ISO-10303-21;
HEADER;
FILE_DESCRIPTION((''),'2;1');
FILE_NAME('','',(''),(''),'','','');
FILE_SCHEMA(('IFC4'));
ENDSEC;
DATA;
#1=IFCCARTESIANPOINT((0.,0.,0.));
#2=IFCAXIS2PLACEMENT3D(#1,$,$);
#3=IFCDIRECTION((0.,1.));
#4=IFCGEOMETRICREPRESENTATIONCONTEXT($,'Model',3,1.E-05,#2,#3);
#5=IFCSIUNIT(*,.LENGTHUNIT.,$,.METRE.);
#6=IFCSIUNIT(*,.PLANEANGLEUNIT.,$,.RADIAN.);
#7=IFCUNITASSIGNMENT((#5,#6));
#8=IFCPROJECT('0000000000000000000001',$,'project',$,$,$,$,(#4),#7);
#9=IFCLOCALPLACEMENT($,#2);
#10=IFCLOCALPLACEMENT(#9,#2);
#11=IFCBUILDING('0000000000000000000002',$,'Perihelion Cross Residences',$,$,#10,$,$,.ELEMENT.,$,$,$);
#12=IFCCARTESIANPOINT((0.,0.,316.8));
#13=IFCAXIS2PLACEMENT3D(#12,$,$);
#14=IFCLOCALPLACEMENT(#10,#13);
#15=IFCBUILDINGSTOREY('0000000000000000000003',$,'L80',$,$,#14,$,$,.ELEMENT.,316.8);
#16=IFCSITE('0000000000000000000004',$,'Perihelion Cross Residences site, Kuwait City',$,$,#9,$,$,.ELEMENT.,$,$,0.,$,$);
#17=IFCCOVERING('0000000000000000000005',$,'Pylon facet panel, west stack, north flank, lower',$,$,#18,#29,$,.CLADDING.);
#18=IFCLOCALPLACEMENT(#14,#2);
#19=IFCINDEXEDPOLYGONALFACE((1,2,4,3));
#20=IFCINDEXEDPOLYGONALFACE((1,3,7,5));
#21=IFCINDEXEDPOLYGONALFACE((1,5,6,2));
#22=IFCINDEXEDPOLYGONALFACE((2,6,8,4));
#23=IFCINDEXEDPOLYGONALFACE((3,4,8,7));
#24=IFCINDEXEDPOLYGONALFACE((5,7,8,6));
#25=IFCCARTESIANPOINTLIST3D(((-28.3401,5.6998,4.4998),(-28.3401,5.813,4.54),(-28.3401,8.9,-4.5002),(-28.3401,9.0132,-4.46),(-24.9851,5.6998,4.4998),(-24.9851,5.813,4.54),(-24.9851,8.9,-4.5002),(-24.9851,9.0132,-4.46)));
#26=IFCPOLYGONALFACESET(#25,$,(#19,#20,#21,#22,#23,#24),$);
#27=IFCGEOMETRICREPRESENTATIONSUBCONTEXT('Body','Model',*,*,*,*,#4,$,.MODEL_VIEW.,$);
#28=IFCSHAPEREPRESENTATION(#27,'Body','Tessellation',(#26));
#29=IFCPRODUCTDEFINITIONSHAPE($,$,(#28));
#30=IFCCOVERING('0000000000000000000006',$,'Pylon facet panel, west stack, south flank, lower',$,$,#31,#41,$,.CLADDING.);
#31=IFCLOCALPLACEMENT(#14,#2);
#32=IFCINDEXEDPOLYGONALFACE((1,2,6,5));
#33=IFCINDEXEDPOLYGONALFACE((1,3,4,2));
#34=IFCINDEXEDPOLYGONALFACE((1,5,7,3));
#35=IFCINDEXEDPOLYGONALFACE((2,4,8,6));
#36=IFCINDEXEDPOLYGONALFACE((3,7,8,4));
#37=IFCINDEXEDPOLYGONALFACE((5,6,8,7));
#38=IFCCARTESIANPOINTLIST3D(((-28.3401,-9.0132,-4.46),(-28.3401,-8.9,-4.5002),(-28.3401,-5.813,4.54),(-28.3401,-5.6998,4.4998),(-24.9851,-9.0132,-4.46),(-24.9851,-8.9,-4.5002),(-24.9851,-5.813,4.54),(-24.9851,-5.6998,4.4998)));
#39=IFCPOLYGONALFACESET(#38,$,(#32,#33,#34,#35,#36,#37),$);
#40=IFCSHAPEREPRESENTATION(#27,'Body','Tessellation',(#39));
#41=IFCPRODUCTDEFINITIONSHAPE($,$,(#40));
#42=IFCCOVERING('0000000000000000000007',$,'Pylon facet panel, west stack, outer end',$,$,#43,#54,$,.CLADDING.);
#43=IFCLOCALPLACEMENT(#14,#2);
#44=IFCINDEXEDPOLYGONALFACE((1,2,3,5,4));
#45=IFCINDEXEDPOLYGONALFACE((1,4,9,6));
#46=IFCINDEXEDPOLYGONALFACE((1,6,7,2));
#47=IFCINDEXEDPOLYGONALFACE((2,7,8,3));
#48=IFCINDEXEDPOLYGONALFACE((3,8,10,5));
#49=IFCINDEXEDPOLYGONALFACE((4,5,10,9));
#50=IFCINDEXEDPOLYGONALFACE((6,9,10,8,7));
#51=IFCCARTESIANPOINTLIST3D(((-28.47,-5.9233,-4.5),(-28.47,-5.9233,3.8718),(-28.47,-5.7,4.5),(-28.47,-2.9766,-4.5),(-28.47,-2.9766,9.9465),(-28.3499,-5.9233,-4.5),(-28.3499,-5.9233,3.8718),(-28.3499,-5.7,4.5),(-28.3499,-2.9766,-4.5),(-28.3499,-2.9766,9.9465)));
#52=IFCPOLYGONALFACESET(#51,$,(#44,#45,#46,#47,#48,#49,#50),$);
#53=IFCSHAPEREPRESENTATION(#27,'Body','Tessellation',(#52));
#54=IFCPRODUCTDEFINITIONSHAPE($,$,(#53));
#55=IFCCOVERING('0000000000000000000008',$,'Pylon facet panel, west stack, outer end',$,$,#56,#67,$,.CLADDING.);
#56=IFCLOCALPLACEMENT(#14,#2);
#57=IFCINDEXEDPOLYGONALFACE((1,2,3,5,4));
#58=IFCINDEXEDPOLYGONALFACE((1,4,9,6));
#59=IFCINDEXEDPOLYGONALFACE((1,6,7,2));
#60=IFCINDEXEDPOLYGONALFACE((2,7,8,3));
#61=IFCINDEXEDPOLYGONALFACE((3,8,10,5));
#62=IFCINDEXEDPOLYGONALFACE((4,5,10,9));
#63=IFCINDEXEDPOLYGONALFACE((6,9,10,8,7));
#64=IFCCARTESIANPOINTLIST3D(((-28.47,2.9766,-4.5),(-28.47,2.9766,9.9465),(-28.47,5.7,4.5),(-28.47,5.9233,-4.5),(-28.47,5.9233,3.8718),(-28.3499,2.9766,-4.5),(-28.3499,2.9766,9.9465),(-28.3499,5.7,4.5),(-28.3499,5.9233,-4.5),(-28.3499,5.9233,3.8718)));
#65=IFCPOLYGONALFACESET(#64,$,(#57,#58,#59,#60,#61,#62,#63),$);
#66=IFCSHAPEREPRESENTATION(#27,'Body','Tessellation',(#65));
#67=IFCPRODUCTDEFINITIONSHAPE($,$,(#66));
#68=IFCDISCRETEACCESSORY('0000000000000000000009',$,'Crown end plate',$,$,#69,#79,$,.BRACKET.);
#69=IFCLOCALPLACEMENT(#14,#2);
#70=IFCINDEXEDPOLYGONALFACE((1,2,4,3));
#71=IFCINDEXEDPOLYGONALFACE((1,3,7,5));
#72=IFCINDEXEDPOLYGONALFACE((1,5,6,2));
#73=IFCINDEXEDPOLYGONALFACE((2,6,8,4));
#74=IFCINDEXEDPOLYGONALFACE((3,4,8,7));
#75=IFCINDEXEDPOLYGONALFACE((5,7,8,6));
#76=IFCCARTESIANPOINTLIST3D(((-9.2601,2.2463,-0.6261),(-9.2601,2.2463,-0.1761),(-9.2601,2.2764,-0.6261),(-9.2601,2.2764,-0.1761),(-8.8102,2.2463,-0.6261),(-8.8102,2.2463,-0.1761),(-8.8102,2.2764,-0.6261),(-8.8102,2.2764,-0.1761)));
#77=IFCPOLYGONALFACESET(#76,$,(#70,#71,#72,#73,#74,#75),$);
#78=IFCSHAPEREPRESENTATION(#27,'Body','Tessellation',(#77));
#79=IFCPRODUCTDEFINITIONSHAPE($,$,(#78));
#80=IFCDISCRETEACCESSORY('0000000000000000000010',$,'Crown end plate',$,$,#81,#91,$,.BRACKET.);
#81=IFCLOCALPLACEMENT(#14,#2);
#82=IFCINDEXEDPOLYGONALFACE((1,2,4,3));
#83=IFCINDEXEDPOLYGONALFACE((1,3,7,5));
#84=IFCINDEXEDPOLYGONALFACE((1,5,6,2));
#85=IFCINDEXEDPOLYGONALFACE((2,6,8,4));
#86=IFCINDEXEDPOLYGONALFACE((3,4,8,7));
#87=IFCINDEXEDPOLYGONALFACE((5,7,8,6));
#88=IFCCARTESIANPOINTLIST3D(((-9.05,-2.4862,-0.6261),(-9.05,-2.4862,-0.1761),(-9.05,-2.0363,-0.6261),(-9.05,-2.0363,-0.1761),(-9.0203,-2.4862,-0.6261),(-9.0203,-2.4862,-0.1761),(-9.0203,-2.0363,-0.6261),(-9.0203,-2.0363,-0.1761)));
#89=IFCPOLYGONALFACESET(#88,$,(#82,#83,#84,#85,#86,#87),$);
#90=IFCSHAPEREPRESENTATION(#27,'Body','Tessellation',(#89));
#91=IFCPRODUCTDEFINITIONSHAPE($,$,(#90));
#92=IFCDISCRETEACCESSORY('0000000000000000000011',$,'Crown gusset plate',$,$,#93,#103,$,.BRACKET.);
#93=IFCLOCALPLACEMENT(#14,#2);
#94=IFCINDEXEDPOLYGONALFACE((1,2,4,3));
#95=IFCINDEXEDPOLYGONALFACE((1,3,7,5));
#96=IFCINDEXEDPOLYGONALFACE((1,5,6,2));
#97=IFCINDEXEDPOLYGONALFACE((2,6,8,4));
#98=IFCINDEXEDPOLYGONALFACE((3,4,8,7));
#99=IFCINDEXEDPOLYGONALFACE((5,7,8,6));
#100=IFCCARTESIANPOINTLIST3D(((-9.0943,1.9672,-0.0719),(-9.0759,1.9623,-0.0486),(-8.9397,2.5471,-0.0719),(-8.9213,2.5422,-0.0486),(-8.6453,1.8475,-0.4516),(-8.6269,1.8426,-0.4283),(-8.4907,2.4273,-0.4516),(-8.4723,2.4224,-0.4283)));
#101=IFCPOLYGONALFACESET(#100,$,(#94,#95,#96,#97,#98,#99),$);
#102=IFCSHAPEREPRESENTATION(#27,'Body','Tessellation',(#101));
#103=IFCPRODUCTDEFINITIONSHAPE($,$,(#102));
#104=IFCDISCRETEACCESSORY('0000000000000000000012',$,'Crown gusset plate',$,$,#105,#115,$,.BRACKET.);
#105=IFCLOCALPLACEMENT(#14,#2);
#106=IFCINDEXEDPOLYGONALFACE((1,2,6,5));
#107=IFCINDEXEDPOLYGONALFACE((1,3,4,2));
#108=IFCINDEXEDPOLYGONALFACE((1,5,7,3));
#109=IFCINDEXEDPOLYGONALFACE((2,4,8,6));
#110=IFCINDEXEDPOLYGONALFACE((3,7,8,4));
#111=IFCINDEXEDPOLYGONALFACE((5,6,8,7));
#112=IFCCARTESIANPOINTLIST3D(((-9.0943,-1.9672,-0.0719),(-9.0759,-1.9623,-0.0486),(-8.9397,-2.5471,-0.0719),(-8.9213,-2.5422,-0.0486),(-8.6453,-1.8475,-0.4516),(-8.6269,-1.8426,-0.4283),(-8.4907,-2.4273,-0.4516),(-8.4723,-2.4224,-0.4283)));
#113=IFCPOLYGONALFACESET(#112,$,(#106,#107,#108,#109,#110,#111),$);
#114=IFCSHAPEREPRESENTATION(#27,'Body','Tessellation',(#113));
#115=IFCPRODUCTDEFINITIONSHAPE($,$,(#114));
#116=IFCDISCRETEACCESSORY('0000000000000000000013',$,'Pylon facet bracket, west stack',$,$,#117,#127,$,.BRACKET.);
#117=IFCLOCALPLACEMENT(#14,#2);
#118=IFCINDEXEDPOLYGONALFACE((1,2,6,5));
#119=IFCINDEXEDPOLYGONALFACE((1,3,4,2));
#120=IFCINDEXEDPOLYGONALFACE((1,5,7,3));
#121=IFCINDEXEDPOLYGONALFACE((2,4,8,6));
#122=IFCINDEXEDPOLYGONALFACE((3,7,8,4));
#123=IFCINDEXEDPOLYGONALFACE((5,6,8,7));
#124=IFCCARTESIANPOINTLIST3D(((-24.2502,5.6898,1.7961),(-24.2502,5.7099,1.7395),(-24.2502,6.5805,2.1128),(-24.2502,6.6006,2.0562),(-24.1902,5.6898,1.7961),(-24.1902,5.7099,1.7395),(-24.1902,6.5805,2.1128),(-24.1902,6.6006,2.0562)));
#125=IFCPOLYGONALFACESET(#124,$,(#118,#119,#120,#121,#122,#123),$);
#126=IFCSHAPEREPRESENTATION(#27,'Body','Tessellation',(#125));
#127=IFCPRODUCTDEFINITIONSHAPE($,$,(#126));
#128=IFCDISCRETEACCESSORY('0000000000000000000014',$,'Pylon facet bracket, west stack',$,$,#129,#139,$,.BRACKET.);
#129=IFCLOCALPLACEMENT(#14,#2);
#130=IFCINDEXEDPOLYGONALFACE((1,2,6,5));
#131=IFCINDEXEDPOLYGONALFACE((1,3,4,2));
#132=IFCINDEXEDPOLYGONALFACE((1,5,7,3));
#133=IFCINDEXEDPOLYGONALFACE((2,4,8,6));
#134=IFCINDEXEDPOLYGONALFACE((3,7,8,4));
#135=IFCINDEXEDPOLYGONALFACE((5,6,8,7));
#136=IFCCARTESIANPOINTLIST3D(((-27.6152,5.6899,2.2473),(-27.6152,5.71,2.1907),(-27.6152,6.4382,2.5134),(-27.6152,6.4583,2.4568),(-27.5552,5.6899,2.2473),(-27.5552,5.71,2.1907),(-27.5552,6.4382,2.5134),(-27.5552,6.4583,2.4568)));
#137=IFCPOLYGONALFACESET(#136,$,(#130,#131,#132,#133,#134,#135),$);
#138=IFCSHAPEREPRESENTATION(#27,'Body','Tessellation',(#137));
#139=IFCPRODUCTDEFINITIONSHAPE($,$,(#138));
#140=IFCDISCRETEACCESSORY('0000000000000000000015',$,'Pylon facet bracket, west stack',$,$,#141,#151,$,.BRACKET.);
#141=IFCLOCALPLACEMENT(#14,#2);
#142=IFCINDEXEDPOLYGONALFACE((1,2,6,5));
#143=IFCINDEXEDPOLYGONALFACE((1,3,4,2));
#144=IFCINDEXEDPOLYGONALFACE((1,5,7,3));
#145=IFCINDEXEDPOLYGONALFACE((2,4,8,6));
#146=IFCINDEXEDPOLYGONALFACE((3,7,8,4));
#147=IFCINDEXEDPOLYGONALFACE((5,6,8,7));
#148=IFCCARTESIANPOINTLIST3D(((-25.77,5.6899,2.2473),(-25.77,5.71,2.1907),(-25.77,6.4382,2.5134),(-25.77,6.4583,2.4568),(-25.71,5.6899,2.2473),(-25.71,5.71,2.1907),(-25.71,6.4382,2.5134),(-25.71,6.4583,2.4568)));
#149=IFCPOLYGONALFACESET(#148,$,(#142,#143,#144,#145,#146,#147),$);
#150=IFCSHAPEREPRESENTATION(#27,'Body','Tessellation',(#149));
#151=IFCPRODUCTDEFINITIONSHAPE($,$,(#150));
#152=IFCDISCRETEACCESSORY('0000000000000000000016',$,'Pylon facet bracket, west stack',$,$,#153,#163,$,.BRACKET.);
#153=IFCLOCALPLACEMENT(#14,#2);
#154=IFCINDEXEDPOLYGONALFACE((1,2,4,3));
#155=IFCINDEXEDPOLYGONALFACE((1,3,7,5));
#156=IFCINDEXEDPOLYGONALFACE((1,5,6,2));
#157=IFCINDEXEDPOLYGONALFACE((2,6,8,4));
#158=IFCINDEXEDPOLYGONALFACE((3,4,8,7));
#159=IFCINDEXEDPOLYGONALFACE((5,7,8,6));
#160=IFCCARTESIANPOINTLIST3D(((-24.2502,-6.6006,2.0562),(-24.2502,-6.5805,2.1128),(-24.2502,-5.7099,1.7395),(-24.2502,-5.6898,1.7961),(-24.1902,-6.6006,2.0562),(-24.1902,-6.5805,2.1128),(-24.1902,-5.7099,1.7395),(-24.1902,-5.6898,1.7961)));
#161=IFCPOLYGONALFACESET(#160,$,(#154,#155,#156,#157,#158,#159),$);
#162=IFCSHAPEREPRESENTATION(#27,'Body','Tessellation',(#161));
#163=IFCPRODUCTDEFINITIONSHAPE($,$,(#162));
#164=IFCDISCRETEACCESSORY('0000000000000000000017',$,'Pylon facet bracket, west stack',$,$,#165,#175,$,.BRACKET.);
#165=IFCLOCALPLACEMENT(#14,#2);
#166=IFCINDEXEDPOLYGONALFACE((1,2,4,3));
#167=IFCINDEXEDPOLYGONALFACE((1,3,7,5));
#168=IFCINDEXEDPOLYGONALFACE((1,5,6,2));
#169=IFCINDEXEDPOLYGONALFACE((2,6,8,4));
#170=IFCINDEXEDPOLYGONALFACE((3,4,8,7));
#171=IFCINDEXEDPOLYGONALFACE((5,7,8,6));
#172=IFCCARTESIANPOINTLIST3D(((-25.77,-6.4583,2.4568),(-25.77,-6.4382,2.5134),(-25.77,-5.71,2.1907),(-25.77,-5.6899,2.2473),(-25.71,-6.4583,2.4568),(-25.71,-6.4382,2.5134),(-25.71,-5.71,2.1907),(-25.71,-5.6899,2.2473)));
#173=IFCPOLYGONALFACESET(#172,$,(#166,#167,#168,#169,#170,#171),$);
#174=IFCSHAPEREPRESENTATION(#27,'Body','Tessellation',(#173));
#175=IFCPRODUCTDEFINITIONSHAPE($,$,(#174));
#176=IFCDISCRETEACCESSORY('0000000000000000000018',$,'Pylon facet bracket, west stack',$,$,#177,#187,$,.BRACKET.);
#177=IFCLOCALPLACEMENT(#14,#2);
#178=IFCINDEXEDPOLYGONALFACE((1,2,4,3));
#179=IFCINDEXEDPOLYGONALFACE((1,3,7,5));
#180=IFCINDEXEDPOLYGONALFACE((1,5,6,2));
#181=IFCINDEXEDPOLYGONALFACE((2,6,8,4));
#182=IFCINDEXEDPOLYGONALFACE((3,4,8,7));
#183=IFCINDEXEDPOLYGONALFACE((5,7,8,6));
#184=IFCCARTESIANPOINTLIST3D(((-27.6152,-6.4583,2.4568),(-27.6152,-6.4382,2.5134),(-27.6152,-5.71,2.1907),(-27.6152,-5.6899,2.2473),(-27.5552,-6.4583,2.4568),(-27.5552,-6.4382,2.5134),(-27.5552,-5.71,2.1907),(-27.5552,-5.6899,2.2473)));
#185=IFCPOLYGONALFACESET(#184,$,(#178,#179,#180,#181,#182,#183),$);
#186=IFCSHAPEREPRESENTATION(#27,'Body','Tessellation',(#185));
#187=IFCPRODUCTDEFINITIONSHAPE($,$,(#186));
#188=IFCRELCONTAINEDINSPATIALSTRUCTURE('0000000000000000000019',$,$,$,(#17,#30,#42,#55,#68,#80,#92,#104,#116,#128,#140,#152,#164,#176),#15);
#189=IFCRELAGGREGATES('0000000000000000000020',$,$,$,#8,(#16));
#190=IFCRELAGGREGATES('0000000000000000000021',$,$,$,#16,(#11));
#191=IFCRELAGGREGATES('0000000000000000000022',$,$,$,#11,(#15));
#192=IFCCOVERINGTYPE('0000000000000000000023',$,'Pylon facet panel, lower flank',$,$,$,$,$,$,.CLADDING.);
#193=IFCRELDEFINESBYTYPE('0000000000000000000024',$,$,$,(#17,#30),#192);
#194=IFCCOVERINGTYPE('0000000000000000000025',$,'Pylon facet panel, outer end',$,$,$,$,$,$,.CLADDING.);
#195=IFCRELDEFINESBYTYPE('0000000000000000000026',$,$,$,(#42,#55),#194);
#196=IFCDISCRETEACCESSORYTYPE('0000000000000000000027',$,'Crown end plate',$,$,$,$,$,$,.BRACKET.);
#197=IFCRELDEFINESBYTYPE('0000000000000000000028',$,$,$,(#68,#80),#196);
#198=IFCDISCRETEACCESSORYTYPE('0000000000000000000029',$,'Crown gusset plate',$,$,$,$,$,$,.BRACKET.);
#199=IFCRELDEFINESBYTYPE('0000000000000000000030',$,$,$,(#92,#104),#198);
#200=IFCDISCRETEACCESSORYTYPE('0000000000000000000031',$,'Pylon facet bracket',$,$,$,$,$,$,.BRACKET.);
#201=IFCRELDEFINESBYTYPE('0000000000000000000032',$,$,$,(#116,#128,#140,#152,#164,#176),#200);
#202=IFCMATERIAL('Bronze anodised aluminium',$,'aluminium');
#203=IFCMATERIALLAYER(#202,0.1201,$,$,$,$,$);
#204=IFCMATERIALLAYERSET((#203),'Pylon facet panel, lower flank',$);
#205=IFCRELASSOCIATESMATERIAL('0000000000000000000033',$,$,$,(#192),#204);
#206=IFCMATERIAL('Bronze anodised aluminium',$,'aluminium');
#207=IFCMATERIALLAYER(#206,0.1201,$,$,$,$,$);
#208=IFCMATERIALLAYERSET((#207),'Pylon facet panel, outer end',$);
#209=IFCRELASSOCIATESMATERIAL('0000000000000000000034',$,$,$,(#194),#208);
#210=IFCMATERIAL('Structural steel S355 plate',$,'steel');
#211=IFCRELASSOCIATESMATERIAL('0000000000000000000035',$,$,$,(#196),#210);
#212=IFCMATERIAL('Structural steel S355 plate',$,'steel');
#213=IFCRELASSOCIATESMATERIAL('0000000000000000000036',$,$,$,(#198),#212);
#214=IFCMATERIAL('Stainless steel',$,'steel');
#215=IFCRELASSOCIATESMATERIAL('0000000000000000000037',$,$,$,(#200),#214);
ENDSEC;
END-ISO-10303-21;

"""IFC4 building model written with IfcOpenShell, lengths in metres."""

from ifc_helpers import new_model, si_unit, direction, frame, origin, origin_2d, place, context, subcontext, project, spatial, polyline, rectangle, outline, extrude, material, layer, layer_set, material_profile, profile_set, type_object, element, save


model = new_model("IFC4")

# Units and contexts
model_context = context("Model", 3, precision=1e-05, world=origin(), true_north=direction((0.0, 1.0)))
body_context = subcontext(model_context, "Body", "Model", "MODEL_VIEW")
ifc_project = project(units=[si_unit("LENGTHUNIT", "METRE"), si_unit("PLANEANGLEUNIT", "RADIAN")], contexts=[model_context])

# Site, building, storey
site_placement = place(None, origin())
site = spatial("IfcSite", under=ifc_project, at=site_placement, Name="Perihelion Cross Residences site, Kuwait City", CompositionType="ELEMENT", RefElevation=0.0)
building_placement = place(site_placement, origin())
building = spatial("IfcBuilding", under=site, at=building_placement, Name="Perihelion Cross Residences", CompositionType="ELEMENT")
storey_placement = place(building_placement, frame((0.0, 0.0, 316.8)))
storey = spatial("IfcBuildingStorey", under=building, at=storey_placement, Name="L80", CompositionType="ELEMENT", Elevation=316.8)

# Coverings
ifc_material_1 = material(Name="Bronze anodised aluminium", Category="aluminium")
ifc_layer_1 = layer(ifc_material_1, 0.1201)
ifc_layer_set_1 = layer_set([ifc_layer_1], Name="Pylon facet panel, lower flank")
covering_type_1 = type_object("IfcCoveringType", Name="Pylon facet panel, lower flank", PredefinedType="CLADDING", material=ifc_layer_set_1)
for number, where, z_axis, x_axis, name in (
    (1, (-24.9851, 5.813, 4.54), (0.0, 0.942208, 0.335028), (0.0, 0.335028, -0.942208), "Pylon facet panel, west stack, north flank, lower"),
    (2, (-28.3401, -5.813, 4.54), (0.0, -0.942208, 0.335028), (0.0, -0.335028, -0.942208), "Pylon facet panel, west stack, south flank, lower"),
):
    element("IfcCovering", number, at=place(storey_placement, frame(where, z_axis=z_axis, x_axis=x_axis)), inside=storey, type_object=covering_type_1, Name=name, PredefinedType="CLADDING", context=body_context, shape_type="SweptSolid", body=[
        extrude(outline(polyline([(0.0, 0.0), (9.552, 0.0), (9.552, 3.355), (0.0, 3.355), (0.0, 0.0)])), origin(), (0.0, 0.0, -1.0), 0.1201),
    ])
ifc_material_2 = material(Name="Bronze anodised aluminium", Category="aluminium")
ifc_layer_2 = layer(ifc_material_2, 0.1201)
ifc_layer_set_2 = layer_set([ifc_layer_2], Name="Pylon facet panel, outer end")
covering_type_2 = type_object("IfcCoveringType", Name="Pylon facet panel, outer end", PredefinedType="CLADDING", material=ifc_layer_set_2)
covering_1_placement = place(storey_placement, frame((-28.47, -5.7, 4.5), z_axis=(-1.0, 0.0, 0.0), x_axis=(0.0, 0.44723, 0.894419)))
element("IfcCovering", 3, at=covering_1_placement, inside=storey, type_object=covering_type_2, Name="Pylon facet panel, west stack, outer end", PredefinedType="CLADDING", context=body_context, shape_type="SweptSolid", body=[
    extrude(outline(polyline([(0.0, 0.0), (6.0895, 0.0), (-6.8318, 6.4609), (-8.1497, 3.8253), (-0.6618, 0.0811), (0.0, 0.0)])), origin(), (0.0, 0.0, -1.0), 0.1201),
])
covering_2_placement = place(storey_placement, frame((-28.47, 2.9766, -4.5), z_axis=(-1.0, 0.0, 0.0), x_axis=(0.0, 0.0, 1.0)))
element("IfcCovering", 4, at=covering_2_placement, inside=storey, type_object=covering_type_2, Name="Pylon facet panel, west stack, outer end", PredefinedType="CLADDING", context=body_context, shape_type="SweptSolid", body=[
    extrude(outline(polyline([(0.0, 0.0), (14.4465, 0.0), (9.0, 2.7234), (8.3718, 2.9468), (0.0, 2.9468), (0.0, 0.0)])), origin(), (0.0, 0.0, -1.0), 0.1201),
])

# Discrete accessories
ifc_material_3 = material(Name="Structural steel S355 plate", Category="steel")
ifc_material_profile_1 = material_profile(ifc_material_3, rectangle(XDim=0.45, YDim=0.45, at=origin_2d()), Name="Crown end plate")
ifc_profile_set_1 = profile_set([ifc_material_profile_1], Name="Structural steel S355 plate")
discrete_accessory_type_1 = type_object("IfcDiscreteAccessoryType", Name="Crown end plate", PredefinedType="BRACKET", material=ifc_profile_set_1)
discrete_accessory_1_placement = place(storey_placement, frame((-9.0352, 2.2764, -0.4011), z_axis=(0.0, -1.0, 0.0), x_axis=(1.0, 0.0, 0.0)))
element("IfcDiscreteAccessory", 5, at=discrete_accessory_1_placement, inside=storey, type_object=discrete_accessory_type_1, Name="Crown end plate", PredefinedType="BRACKET", context=body_context, shape_type="SweptSolid", body=[
    extrude(rectangle(XDim=0.45, YDim=0.45, at=origin_2d()), origin(), (0.0, 0.0, 1.0), 0.03),
])
discrete_accessory_2_placement = place(storey_placement, frame((-9.05, -2.2612, -0.4011), z_axis=(1.0, 0.0, 0.0), x_axis=(0.0, 1.0, 0.0)))
element("IfcDiscreteAccessory", 6, at=discrete_accessory_2_placement, inside=storey, type_object=discrete_accessory_type_1, Name="Crown end plate", PredefinedType="BRACKET", context=body_context, shape_type="SweptSolid", body=[
    extrude(rectangle(XDim=0.45, YDim=0.45, at=origin_2d()), origin(), (0.0, 0.0, 1.0), 0.0298),
])
ifc_material_4 = material(Name="Structural steel S355 plate", Category="steel")
ifc_material_profile_2 = material_profile(ifc_material_4, rectangle(XDim=0.6001, YDim=0.6001, at=origin_2d()), Name="Crown gusset plate")
ifc_profile_set_2 = profile_set([ifc_material_profile_2], Name="Structural steel S355 plate")
discrete_accessory_type_2 = type_object("IfcDiscreteAccessoryType", Name="Crown gusset plate", PredefinedType="BRACKET", material=ifc_profile_set_2)
for number, where, z_axis, x_axis, name in (
    (7, (-8.7925, 2.1973, -0.2617), (0.611354, -0.163028, 0.774382), (0.257663, 0.966235, 0.0), "Crown gusset plate"),
    (8, (-8.7925, -2.1973, -0.2617), (0.611354, 0.163028, 0.774382), (-0.257663, 0.966235, 0.0), "Crown gusset plate"),
):
    element("IfcDiscreteAccessory", number, at=place(storey_placement, frame(where, z_axis=z_axis, x_axis=x_axis)), inside=storey, type_object=discrete_accessory_type_2, Name=name, PredefinedType="BRACKET", context=body_context, shape_type="SweptSolid", body=[
        extrude(rectangle(XDim=0.6001, YDim=0.6001, at=origin_2d()), origin(), (0.0, 0.0, 1.0), 0.03),
    ])
ifc_material_5 = material(Name="Stainless steel", Category="steel")
ifc_material_profile_3 = material_profile(ifc_material_5, rectangle(XDim=0.0601, YDim=0.0601, at=origin_2d()), Name="Pylon facet bracket")
ifc_profile_set_3 = profile_set([ifc_material_profile_3], Name="Stainless steel")
discrete_accessory_type_3 = type_object("IfcDiscreteAccessoryType", Name="Pylon facet bracket", PredefinedType="BRACKET", material=ifc_profile_set_3)
discrete_accessory_3_placement = place(storey_placement, frame((-24.2202, 6.5906, 2.0845), z_axis=(0.0, -0.94222, -0.334994), x_axis=(1.0, 0.0, 0.0)))
element("IfcDiscreteAccessory", 9, at=discrete_accessory_3_placement, inside=storey, type_object=discrete_accessory_type_3, Name="Pylon facet bracket, west stack", PredefinedType="BRACKET", context=body_context, shape_type="SweptSolid", body=[
    extrude(rectangle(XDim=0.0601, YDim=0.0601, at=origin_2d()), origin(), (0.0, 0.0, 1.0), 0.9453),
])
for number, where, z_axis, x_axis, name in (
    (10, (-27.5852, 6.4482, 2.4851), (0.0, -0.942193, -0.33507), (1.0, 0.0, 0.0), "Pylon facet bracket, west stack"),
    (11, (-25.74, 6.4482, 2.4851), (0.0, -0.942193, -0.33507), (1.0, 0.0, 0.0), "Pylon facet bracket, west stack"),
):
    element("IfcDiscreteAccessory", number, at=place(storey_placement, frame(where, z_axis=z_axis, x_axis=x_axis)), inside=storey, type_object=discrete_accessory_type_3, Name=name, PredefinedType="BRACKET", context=body_context, shape_type="SweptSolid", body=[
        extrude(rectangle(XDim=0.0601, YDim=0.0601, at=origin_2d()), origin(), (0.0, 0.0, 1.0), 0.7942),
    ])
discrete_accessory_4_placement = place(storey_placement, frame((-24.2202, -6.5906, 2.0845), z_axis=(0.0, 0.94222, -0.334994), x_axis=(-1.0, 0.0, 0.0)))
element("IfcDiscreteAccessory", 12, at=discrete_accessory_4_placement, inside=storey, type_object=discrete_accessory_type_3, Name="Pylon facet bracket, west stack", PredefinedType="BRACKET", context=body_context, shape_type="SweptSolid", body=[
    extrude(rectangle(XDim=0.0601, YDim=0.0601, at=origin_2d()), origin(), (0.0, 0.0, 1.0), 0.9453),
])
for number, where, z_axis, x_axis, name in (
    (13, (-25.74, -6.4482, 2.4851), (0.0, 0.942193, -0.33507), (-1.0, 0.0, 0.0), "Pylon facet bracket, west stack"),
    (14, (-27.5852, -6.4482, 2.4851), (0.0, 0.942193, -0.33507), (-1.0, 0.0, 0.0), "Pylon facet bracket, west stack"),
):
    element("IfcDiscreteAccessory", number, at=place(storey_placement, frame(where, z_axis=z_axis, x_axis=x_axis)), inside=storey, type_object=discrete_accessory_type_3, Name=name, PredefinedType="BRACKET", context=body_context, shape_type="SweptSolid", body=[
        extrude(rectangle(XDim=0.0601, YDim=0.0601, at=origin_2d()), origin(), (0.0, 0.0, 1.0), 0.7942),
    ])

save(model, "model.ifc")
